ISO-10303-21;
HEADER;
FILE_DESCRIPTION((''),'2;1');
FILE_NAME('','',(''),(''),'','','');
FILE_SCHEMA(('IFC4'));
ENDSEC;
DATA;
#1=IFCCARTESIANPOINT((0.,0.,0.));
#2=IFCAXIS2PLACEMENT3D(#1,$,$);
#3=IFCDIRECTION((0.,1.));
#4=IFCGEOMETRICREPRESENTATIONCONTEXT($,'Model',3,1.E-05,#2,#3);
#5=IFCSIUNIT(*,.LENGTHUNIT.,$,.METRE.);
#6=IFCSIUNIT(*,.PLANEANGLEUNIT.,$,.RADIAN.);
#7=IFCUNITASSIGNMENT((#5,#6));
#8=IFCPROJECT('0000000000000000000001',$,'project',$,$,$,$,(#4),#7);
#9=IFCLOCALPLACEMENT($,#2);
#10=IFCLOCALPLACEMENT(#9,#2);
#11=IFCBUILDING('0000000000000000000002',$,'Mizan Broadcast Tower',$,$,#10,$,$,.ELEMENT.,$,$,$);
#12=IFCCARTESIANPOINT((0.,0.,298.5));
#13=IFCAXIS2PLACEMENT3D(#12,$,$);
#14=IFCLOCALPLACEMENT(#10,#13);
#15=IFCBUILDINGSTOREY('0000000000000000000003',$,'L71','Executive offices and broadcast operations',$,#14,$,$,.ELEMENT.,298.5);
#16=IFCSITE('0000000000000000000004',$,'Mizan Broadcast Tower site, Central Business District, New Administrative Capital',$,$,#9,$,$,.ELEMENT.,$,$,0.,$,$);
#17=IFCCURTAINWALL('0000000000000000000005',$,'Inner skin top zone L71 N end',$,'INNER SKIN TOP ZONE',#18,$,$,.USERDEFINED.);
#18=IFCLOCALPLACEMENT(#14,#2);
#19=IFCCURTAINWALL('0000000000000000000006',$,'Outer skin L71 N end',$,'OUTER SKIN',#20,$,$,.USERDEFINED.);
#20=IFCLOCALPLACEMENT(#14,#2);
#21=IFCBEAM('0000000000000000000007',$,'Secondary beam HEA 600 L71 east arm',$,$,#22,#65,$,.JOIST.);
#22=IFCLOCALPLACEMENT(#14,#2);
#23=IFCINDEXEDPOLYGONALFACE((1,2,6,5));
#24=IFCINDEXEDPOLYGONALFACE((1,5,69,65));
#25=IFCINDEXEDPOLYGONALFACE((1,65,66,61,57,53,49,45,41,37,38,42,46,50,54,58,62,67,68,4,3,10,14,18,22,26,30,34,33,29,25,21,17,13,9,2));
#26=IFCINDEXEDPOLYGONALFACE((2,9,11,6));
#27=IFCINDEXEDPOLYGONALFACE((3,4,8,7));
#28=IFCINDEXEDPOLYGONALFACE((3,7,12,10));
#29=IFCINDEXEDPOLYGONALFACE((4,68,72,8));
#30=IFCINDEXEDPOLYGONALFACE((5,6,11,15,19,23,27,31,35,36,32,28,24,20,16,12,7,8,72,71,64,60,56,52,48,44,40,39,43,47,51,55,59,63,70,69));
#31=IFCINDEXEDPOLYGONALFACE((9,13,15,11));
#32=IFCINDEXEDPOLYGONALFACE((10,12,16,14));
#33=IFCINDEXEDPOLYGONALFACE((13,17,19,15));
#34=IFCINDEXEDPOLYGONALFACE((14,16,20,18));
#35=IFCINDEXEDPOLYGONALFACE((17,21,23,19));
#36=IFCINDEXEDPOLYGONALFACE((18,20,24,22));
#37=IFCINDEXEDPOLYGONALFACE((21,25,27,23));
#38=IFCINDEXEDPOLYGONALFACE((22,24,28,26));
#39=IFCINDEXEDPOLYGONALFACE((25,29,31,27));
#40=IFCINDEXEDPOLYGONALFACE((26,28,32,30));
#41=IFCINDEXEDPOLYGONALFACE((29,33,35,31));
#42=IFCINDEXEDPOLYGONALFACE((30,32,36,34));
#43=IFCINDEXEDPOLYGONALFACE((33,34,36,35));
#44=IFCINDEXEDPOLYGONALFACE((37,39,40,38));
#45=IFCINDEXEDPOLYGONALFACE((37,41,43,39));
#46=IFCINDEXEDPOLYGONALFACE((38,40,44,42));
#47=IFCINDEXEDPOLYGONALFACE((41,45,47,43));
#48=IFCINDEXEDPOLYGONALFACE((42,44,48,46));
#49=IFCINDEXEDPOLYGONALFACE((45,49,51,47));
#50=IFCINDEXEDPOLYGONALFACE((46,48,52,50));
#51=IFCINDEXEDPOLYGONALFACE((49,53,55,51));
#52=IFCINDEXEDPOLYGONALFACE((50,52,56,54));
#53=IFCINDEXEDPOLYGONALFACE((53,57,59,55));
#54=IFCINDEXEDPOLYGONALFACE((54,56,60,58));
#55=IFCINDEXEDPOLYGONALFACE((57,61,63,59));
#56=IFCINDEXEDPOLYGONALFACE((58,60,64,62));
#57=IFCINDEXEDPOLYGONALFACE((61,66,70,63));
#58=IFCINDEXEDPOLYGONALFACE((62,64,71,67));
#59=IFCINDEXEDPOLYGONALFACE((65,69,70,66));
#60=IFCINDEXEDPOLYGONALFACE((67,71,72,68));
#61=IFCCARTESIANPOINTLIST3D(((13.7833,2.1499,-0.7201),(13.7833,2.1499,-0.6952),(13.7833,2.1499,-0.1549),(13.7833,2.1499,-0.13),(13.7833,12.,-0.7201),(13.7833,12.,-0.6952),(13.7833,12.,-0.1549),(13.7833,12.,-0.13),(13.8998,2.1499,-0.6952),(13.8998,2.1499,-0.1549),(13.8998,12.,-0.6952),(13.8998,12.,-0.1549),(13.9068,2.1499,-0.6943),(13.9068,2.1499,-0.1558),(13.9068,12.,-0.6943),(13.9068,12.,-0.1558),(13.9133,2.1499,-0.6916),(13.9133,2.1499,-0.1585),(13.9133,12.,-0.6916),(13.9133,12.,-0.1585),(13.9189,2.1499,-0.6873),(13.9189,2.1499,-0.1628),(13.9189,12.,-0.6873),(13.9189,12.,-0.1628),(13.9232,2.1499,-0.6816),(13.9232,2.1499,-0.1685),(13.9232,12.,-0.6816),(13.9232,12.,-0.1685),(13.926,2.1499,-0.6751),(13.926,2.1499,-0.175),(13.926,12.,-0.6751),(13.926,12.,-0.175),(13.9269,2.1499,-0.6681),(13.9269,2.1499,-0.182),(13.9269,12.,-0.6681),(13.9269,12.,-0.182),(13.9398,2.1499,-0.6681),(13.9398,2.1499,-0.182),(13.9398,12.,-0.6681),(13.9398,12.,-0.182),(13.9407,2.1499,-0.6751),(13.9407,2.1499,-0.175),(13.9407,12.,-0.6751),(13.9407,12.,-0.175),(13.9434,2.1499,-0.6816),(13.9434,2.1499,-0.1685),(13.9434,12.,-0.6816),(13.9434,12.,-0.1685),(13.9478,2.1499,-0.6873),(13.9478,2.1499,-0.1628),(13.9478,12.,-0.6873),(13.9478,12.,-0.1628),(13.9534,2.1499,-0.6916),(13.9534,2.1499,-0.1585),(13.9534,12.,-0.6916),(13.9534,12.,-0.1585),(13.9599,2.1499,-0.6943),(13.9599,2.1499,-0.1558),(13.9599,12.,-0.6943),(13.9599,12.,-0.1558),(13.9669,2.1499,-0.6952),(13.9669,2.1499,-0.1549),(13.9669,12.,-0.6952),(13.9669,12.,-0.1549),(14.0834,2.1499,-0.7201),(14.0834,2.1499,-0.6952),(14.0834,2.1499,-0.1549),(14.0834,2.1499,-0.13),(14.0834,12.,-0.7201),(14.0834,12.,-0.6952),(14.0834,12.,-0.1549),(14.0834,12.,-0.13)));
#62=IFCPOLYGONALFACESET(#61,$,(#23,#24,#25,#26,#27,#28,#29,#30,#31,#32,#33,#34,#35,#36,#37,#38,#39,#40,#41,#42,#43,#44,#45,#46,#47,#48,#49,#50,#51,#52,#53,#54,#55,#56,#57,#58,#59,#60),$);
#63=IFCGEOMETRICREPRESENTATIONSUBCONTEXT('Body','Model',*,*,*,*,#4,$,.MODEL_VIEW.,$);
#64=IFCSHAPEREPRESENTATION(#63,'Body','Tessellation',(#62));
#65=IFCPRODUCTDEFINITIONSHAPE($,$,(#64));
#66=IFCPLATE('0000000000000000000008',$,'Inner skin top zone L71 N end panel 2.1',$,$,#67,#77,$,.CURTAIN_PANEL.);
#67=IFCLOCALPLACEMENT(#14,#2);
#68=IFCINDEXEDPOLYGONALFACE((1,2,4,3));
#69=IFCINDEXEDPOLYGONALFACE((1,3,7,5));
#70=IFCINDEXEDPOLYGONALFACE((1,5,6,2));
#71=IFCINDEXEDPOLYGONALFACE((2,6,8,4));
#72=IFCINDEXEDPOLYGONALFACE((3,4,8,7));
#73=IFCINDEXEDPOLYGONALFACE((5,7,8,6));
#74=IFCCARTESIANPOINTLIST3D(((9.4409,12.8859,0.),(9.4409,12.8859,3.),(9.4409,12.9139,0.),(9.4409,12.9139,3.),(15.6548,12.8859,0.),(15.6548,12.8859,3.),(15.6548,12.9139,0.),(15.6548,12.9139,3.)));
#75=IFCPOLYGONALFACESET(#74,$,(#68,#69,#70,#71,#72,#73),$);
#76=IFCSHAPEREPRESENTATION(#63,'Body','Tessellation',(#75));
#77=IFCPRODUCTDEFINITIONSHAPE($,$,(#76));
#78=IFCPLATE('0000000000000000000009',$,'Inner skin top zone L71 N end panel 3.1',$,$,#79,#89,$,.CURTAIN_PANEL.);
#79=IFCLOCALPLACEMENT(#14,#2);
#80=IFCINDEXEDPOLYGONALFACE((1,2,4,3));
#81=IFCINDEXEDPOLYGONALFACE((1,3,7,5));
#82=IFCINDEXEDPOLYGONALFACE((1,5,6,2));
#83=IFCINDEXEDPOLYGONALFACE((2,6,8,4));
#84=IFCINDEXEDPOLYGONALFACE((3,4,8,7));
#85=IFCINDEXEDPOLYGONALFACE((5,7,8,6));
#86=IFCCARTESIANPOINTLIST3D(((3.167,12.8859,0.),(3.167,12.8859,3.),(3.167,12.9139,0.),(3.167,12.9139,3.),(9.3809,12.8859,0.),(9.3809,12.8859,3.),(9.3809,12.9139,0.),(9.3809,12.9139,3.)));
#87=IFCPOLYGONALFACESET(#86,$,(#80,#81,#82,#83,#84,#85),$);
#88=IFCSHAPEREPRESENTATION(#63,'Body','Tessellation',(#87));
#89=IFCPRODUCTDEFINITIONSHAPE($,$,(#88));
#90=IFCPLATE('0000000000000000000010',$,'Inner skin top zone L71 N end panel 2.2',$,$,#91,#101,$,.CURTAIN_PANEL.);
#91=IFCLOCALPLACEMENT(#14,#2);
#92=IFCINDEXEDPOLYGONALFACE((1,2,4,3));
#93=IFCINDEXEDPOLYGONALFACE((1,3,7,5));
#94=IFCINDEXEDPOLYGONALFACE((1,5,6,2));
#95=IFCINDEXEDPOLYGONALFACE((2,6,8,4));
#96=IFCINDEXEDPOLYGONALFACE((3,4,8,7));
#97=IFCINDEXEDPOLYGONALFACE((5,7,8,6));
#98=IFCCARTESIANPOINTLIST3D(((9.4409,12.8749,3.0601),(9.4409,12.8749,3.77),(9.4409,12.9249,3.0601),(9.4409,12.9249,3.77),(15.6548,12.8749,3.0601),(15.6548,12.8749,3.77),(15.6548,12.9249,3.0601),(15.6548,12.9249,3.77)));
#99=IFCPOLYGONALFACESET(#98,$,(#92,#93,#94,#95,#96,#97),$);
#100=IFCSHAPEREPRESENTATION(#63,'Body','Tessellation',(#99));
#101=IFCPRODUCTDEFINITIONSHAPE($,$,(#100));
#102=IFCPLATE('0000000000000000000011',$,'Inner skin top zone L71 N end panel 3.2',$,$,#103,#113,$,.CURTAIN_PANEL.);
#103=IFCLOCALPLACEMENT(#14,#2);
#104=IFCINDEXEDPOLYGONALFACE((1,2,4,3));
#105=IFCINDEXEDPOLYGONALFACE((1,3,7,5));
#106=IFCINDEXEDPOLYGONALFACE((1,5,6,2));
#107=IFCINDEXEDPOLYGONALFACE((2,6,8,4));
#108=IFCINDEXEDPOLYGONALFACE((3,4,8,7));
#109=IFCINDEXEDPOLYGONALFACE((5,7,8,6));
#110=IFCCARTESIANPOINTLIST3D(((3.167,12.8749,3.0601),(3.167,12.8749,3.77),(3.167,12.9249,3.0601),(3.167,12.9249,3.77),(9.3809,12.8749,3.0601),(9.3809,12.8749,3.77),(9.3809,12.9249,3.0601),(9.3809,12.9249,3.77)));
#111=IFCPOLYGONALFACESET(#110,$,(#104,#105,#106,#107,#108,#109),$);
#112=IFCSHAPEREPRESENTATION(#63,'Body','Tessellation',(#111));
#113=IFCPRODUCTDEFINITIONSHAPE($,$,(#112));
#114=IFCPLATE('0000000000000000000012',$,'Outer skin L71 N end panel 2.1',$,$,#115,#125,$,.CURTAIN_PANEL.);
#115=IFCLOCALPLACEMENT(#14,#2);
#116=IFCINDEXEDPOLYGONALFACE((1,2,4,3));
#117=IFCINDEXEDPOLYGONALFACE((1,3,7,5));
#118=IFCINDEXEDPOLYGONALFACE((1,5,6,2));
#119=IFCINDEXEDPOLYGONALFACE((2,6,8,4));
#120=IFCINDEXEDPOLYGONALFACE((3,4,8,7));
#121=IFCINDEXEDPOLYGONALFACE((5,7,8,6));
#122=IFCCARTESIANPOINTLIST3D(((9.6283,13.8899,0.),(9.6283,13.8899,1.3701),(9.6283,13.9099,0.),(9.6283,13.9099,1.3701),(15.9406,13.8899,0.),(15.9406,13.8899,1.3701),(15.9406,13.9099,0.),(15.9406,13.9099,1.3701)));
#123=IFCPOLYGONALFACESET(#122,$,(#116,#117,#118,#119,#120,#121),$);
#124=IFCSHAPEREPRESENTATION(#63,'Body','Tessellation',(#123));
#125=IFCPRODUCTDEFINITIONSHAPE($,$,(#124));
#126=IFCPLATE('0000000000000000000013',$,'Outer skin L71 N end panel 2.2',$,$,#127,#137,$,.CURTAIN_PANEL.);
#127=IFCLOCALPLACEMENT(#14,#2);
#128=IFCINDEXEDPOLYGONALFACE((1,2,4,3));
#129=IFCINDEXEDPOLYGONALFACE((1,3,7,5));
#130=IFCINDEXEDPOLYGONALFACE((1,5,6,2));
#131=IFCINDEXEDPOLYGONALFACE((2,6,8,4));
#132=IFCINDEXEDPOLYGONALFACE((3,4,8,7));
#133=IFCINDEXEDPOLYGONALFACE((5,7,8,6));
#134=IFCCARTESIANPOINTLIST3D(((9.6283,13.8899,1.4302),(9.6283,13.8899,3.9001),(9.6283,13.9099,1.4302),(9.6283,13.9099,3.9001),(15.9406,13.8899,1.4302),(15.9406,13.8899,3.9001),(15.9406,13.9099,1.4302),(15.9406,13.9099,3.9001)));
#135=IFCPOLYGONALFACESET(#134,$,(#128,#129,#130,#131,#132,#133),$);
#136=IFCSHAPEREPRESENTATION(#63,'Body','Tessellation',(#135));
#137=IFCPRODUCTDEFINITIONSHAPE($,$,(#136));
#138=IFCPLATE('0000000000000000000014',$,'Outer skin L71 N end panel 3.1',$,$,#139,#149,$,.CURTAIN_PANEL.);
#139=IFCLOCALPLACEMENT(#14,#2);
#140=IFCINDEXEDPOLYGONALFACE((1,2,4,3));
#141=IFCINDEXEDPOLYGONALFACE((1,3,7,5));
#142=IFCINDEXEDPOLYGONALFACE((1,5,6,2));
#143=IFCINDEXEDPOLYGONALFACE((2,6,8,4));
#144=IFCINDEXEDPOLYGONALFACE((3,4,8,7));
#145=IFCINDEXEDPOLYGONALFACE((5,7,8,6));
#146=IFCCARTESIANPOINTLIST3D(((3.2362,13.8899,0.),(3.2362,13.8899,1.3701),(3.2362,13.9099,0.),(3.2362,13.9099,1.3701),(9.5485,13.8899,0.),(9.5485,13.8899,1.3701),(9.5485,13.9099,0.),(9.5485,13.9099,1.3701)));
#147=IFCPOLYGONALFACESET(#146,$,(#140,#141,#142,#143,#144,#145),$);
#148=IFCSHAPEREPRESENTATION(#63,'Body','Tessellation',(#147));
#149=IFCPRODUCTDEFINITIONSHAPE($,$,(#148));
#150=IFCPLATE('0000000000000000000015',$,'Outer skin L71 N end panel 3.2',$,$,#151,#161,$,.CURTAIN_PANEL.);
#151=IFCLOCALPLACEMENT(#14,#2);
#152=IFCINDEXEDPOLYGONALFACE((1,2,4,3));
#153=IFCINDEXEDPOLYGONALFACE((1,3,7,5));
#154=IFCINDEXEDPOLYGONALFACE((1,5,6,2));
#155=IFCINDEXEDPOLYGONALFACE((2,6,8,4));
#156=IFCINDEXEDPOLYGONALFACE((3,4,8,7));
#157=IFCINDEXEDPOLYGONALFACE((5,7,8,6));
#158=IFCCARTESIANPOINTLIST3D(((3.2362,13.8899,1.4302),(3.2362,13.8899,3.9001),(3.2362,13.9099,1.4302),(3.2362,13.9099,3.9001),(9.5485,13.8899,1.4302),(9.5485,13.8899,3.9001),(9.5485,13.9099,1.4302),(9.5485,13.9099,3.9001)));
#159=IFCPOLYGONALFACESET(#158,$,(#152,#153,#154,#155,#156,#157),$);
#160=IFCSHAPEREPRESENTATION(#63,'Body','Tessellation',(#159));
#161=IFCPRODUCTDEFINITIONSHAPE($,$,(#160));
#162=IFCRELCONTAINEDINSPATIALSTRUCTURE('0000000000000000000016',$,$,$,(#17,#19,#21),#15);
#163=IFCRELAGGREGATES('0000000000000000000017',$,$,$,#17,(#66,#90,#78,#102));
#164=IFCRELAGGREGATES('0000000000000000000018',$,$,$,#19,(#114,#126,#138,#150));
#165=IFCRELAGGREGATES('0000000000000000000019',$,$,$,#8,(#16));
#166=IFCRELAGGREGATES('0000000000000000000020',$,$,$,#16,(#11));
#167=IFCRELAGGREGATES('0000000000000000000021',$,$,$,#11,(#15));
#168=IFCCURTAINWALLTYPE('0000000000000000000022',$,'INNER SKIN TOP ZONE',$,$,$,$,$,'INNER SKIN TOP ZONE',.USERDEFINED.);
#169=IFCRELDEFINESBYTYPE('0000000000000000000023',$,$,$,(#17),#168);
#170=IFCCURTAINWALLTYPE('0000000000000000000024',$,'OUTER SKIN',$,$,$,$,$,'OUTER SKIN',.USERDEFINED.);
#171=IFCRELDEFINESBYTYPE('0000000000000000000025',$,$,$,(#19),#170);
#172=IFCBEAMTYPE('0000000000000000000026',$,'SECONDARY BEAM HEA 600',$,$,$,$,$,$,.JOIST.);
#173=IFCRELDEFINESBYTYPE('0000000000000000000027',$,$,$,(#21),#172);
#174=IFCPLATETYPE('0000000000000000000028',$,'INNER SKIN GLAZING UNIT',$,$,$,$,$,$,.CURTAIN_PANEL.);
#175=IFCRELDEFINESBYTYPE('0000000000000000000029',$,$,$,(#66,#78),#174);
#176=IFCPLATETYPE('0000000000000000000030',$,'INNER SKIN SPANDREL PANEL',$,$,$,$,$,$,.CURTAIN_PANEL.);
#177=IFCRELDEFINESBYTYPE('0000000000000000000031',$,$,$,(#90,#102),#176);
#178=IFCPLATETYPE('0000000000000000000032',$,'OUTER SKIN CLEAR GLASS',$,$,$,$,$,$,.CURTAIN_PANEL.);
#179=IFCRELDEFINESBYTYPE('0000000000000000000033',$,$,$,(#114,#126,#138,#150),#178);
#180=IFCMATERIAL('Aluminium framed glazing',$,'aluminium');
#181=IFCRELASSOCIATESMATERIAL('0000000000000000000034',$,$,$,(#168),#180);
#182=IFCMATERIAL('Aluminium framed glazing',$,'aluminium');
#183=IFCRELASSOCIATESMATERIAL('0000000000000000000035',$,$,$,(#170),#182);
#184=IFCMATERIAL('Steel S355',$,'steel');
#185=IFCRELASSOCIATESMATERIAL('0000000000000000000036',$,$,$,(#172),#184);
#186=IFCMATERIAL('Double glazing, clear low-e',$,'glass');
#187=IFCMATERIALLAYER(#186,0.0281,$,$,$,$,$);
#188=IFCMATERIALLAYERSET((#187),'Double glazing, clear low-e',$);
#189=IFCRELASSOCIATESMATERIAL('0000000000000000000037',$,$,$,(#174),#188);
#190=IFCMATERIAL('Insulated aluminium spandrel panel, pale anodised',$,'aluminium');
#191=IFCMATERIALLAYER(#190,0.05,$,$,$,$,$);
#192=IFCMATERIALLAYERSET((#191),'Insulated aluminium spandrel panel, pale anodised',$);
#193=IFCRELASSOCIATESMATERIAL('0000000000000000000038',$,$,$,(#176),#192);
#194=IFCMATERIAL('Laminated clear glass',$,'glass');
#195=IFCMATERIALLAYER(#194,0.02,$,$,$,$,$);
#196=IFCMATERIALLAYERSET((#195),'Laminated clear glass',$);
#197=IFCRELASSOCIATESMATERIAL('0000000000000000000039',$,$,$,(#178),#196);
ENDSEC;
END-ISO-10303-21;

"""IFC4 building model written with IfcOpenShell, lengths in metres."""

from ifc_helpers import new_model, si_unit, direction, frame, origin, origin_2d, place, context, subcontext, project, spatial, rectangle, i_section, extrude, material, layer, layer_set, material_profile, profile_set, type_object, element, aggregate, save


model = new_model("IFC4")

# Units and contexts
model_context = context("Model", 3, precision=1e-05, world=origin(), true_north=direction((0.0, 1.0)))
body_context = subcontext(model_context, "Body", "Model", "MODEL_VIEW")
ifc_project = project(units=[si_unit("LENGTHUNIT", "METRE"), si_unit("PLANEANGLEUNIT", "RADIAN")], contexts=[model_context])

# Site, building, storey
site_placement = place(None, origin())
site = spatial("IfcSite", under=ifc_project, at=site_placement, Name="Mizan Broadcast Tower site, Central Business District, New Administrative Capital", CompositionType="ELEMENT", RefElevation=0.0)
building_placement = place(site_placement, origin())
building = spatial("IfcBuilding", under=site, at=building_placement, Name="Mizan Broadcast Tower", CompositionType="ELEMENT")
storey_placement = place(building_placement, frame((0.0, 0.0, 298.5)))
storey = spatial("IfcBuildingStorey", under=building, at=storey_placement, Name="L71", Description="Executive offices and broadcast operations", CompositionType="ELEMENT", Elevation=298.5)

# Curtain walls
ifc_material_1 = material(Name="Aluminium framed glazing", Category="aluminium")
curtain_wall_type_1 = type_object("IfcCurtainWallType", Name="INNER SKIN TOP ZONE", ElementType="INNER SKIN TOP ZONE", PredefinedType="USERDEFINED", material=ifc_material_1)
curtain_wall_1_placement = place(storey_placement, origin())
curtain_wall_1 = element("IfcCurtainWall", 1, at=curtain_wall_1_placement, inside=storey, type_object=curtain_wall_type_1, Name="Inner skin top zone L71 N end", ObjectType="INNER SKIN TOP ZONE", PredefinedType="USERDEFINED")
ifc_material_2 = material(Name="Aluminium framed glazing", Category="aluminium")
curtain_wall_type_2 = type_object("IfcCurtainWallType", Name="OUTER SKIN", ElementType="OUTER SKIN", PredefinedType="USERDEFINED", material=ifc_material_2)
curtain_wall_2_placement = place(storey_placement, origin())
curtain_wall_2 = element("IfcCurtainWall", 2, at=curtain_wall_2_placement, inside=storey, type_object=curtain_wall_type_2, Name="Outer skin L71 N end", ObjectType="OUTER SKIN", PredefinedType="USERDEFINED")

# Beam
ifc_material_3 = material(Name="Steel S355", Category="steel")
ifc_material_profile_1 = material_profile(ifc_material_3, i_section(OverallWidth=0.3, OverallDepth=0.5901, WebThickness=0.0129, FlangeThickness=0.0249, FilletRadius=0.0271, at=origin_2d()), Name="HEA 600")
ifc_profile_set_1 = profile_set([ifc_material_profile_1], Name="Steel S355")
beam_type_1 = type_object("IfcBeamType", Name="SECONDARY BEAM HEA 600", PredefinedType="JOIST", material=ifc_profile_set_1)
beam_1_placement = place(storey_placement, frame((13.9333, 12.0, -0.425), z_axis=(0.0, -1.0, 0.0), x_axis=(1.0, 0.0, 0.0)))
element("IfcBeam", 3, at=beam_1_placement, inside=storey, type_object=beam_type_1, Name="Secondary beam HEA 600 L71 east arm", PredefinedType="JOIST", context=body_context, shape_type="SweptSolid", body=[
    extrude(i_section(OverallWidth=0.3, OverallDepth=0.5901, WebThickness=0.0129, FlangeThickness=0.0249, FilletRadius=0.0271, at=origin_2d()), origin(), (0.0, 0.0, 1.0), 9.8501),
])

# Plates
ifc_material_4 = material(Name="Double glazing, clear low-e", Category="glass")
ifc_layer_1 = layer(ifc_material_4, 0.0281)
ifc_layer_set_1 = layer_set([ifc_layer_1], Name="Double glazing, clear low-e")
plate_type_1 = type_object("IfcPlateType", Name="INNER SKIN GLAZING UNIT", PredefinedType="CURTAIN_PANEL", material=ifc_layer_set_1)
plate_1_placement = place(storey_placement, frame((12.5479, 12.8999, 0.0), z_axis=(0.0, 0.0, 1.0), x_axis=(-1.0, 0.0, 0.0)))
plate_1 = element("IfcPlate", 4, at=plate_1_placement, type_object=plate_type_1, Name="Inner skin top zone L71 N end panel 2.1", PredefinedType="CURTAIN_PANEL", context=body_context, shape_type="SweptSolid", body=[
    extrude(rectangle(XDim=6.2139, YDim=0.0281, at=origin_2d()), origin(), (0.0, 0.0, 1.0), 3.0),
])
plate_2_placement = place(storey_placement, frame((6.2739, 12.8999, 0.0), z_axis=(0.0, 0.0, 1.0), x_axis=(-1.0, 0.0, 0.0)))
plate_2 = element("IfcPlate", 5, at=plate_2_placement, type_object=plate_type_1, Name="Inner skin top zone L71 N end panel 3.1", PredefinedType="CURTAIN_PANEL", context=body_context, shape_type="SweptSolid", body=[
    extrude(rectangle(XDim=6.2139, YDim=0.0281, at=origin_2d()), origin(), (0.0, 0.0, 1.0), 3.0),
])
ifc_material_5 = material(Name="Insulated aluminium spandrel panel, pale anodised", Category="aluminium")
ifc_layer_2 = layer(ifc_material_5, 0.05)
ifc_layer_set_2 = layer_set([ifc_layer_2], Name="Insulated aluminium spandrel panel, pale anodised")
plate_type_2 = type_object("IfcPlateType", Name="INNER SKIN SPANDREL PANEL", PredefinedType="CURTAIN_PANEL", material=ifc_layer_set_2)
plate_3_placement = place(storey_placement, frame((12.5479, 12.8999, 3.0601), z_axis=(0.0, 0.0, 1.0), x_axis=(-1.0, 0.0, 0.0)))
plate_3 = element("IfcPlate", 6, at=plate_3_placement, type_object=plate_type_2, Name="Inner skin top zone L71 N end panel 2.2", PredefinedType="CURTAIN_PANEL", context=body_context, shape_type="SweptSolid", body=[
    extrude(rectangle(XDim=6.2139, YDim=0.05, at=origin_2d()), origin(), (0.0, 0.0, 1.0), 0.71),
])
plate_4_placement = place(storey_placement, frame((6.2739, 12.8999, 3.0601), z_axis=(0.0, 0.0, 1.0), x_axis=(-1.0, 0.0, 0.0)))
plate_4 = element("IfcPlate", 7, at=plate_4_placement, type_object=plate_type_2, Name="Inner skin top zone L71 N end panel 3.2", PredefinedType="CURTAIN_PANEL", context=body_context, shape_type="SweptSolid", body=[
    extrude(rectangle(XDim=6.2139, YDim=0.05, at=origin_2d()), origin(), (0.0, 0.0, 1.0), 0.71),
])
aggregate(curtain_wall_1, [plate_1, plate_3, plate_2, plate_4])
ifc_material_6 = material(Name="Laminated clear glass", Category="glass")
ifc_layer_3 = layer(ifc_material_6, 0.02)
ifc_layer_set_3 = layer_set([ifc_layer_3], Name="Laminated clear glass")
plate_type_3 = type_object("IfcPlateType", Name="OUTER SKIN CLEAR GLASS", PredefinedType="CURTAIN_PANEL", material=ifc_layer_set_3)
plate_5_placement = place(storey_placement, frame((12.7844, 13.8999, 0.0), z_axis=(0.0, 0.0, 1.0), x_axis=(-1.0, 0.0, 0.0)))
plate_5 = element("IfcPlate", 8, at=plate_5_placement, type_object=plate_type_3, Name="Outer skin L71 N end panel 2.1", PredefinedType="CURTAIN_PANEL", context=body_context, shape_type="SweptSolid", body=[
    extrude(rectangle(XDim=6.3123, YDim=0.02, at=origin_2d()), origin(), (0.0, 0.0, 1.0), 1.3701),
])
plate_6_placement = place(storey_placement, frame((12.7844, 13.8999, 1.4302), z_axis=(0.0, 0.0, 1.0), x_axis=(-1.0, 0.0, 0.0)))
plate_6 = element("IfcPlate", 9, at=plate_6_placement, type_object=plate_type_3, Name="Outer skin L71 N end panel 2.2", PredefinedType="CURTAIN_PANEL", context=body_context, shape_type="SweptSolid", body=[
    extrude(rectangle(XDim=6.3123, YDim=0.02, at=origin_2d()), origin(), (0.0, 0.0, 1.0), 2.47),
])
plate_7_placement = place(storey_placement, frame((6.3923, 13.8999, 0.0), z_axis=(0.0, 0.0, 1.0), x_axis=(-1.0, 0.0, 0.0)))
plate_7 = element("IfcPlate", 10, at=plate_7_placement, type_object=plate_type_3, Name="Outer skin L71 N end panel 3.1", PredefinedType="CURTAIN_PANEL", context=body_context, shape_type="SweptSolid", body=[
    extrude(rectangle(XDim=6.3123, YDim=0.02, at=origin_2d()), origin(), (0.0, 0.0, 1.0), 1.3701),
])
plate_8_placement = place(storey_placement, frame((6.3923, 13.8999, 1.4302), z_axis=(0.0, 0.0, 1.0), x_axis=(-1.0, 0.0, 0.0)))
plate_8 = element("IfcPlate", 11, at=plate_8_placement, type_object=plate_type_3, Name="Outer skin L71 N end panel 3.2", PredefinedType="CURTAIN_PANEL", context=body_context, shape_type="SweptSolid", body=[
    extrude(rectangle(XDim=6.3123, YDim=0.02, at=origin_2d()), origin(), (0.0, 0.0, 1.0), 2.47),
])
aggregate(curtain_wall_2, [plate_5, plate_6, plate_7, plate_8])

save(model, "model.ifc")
